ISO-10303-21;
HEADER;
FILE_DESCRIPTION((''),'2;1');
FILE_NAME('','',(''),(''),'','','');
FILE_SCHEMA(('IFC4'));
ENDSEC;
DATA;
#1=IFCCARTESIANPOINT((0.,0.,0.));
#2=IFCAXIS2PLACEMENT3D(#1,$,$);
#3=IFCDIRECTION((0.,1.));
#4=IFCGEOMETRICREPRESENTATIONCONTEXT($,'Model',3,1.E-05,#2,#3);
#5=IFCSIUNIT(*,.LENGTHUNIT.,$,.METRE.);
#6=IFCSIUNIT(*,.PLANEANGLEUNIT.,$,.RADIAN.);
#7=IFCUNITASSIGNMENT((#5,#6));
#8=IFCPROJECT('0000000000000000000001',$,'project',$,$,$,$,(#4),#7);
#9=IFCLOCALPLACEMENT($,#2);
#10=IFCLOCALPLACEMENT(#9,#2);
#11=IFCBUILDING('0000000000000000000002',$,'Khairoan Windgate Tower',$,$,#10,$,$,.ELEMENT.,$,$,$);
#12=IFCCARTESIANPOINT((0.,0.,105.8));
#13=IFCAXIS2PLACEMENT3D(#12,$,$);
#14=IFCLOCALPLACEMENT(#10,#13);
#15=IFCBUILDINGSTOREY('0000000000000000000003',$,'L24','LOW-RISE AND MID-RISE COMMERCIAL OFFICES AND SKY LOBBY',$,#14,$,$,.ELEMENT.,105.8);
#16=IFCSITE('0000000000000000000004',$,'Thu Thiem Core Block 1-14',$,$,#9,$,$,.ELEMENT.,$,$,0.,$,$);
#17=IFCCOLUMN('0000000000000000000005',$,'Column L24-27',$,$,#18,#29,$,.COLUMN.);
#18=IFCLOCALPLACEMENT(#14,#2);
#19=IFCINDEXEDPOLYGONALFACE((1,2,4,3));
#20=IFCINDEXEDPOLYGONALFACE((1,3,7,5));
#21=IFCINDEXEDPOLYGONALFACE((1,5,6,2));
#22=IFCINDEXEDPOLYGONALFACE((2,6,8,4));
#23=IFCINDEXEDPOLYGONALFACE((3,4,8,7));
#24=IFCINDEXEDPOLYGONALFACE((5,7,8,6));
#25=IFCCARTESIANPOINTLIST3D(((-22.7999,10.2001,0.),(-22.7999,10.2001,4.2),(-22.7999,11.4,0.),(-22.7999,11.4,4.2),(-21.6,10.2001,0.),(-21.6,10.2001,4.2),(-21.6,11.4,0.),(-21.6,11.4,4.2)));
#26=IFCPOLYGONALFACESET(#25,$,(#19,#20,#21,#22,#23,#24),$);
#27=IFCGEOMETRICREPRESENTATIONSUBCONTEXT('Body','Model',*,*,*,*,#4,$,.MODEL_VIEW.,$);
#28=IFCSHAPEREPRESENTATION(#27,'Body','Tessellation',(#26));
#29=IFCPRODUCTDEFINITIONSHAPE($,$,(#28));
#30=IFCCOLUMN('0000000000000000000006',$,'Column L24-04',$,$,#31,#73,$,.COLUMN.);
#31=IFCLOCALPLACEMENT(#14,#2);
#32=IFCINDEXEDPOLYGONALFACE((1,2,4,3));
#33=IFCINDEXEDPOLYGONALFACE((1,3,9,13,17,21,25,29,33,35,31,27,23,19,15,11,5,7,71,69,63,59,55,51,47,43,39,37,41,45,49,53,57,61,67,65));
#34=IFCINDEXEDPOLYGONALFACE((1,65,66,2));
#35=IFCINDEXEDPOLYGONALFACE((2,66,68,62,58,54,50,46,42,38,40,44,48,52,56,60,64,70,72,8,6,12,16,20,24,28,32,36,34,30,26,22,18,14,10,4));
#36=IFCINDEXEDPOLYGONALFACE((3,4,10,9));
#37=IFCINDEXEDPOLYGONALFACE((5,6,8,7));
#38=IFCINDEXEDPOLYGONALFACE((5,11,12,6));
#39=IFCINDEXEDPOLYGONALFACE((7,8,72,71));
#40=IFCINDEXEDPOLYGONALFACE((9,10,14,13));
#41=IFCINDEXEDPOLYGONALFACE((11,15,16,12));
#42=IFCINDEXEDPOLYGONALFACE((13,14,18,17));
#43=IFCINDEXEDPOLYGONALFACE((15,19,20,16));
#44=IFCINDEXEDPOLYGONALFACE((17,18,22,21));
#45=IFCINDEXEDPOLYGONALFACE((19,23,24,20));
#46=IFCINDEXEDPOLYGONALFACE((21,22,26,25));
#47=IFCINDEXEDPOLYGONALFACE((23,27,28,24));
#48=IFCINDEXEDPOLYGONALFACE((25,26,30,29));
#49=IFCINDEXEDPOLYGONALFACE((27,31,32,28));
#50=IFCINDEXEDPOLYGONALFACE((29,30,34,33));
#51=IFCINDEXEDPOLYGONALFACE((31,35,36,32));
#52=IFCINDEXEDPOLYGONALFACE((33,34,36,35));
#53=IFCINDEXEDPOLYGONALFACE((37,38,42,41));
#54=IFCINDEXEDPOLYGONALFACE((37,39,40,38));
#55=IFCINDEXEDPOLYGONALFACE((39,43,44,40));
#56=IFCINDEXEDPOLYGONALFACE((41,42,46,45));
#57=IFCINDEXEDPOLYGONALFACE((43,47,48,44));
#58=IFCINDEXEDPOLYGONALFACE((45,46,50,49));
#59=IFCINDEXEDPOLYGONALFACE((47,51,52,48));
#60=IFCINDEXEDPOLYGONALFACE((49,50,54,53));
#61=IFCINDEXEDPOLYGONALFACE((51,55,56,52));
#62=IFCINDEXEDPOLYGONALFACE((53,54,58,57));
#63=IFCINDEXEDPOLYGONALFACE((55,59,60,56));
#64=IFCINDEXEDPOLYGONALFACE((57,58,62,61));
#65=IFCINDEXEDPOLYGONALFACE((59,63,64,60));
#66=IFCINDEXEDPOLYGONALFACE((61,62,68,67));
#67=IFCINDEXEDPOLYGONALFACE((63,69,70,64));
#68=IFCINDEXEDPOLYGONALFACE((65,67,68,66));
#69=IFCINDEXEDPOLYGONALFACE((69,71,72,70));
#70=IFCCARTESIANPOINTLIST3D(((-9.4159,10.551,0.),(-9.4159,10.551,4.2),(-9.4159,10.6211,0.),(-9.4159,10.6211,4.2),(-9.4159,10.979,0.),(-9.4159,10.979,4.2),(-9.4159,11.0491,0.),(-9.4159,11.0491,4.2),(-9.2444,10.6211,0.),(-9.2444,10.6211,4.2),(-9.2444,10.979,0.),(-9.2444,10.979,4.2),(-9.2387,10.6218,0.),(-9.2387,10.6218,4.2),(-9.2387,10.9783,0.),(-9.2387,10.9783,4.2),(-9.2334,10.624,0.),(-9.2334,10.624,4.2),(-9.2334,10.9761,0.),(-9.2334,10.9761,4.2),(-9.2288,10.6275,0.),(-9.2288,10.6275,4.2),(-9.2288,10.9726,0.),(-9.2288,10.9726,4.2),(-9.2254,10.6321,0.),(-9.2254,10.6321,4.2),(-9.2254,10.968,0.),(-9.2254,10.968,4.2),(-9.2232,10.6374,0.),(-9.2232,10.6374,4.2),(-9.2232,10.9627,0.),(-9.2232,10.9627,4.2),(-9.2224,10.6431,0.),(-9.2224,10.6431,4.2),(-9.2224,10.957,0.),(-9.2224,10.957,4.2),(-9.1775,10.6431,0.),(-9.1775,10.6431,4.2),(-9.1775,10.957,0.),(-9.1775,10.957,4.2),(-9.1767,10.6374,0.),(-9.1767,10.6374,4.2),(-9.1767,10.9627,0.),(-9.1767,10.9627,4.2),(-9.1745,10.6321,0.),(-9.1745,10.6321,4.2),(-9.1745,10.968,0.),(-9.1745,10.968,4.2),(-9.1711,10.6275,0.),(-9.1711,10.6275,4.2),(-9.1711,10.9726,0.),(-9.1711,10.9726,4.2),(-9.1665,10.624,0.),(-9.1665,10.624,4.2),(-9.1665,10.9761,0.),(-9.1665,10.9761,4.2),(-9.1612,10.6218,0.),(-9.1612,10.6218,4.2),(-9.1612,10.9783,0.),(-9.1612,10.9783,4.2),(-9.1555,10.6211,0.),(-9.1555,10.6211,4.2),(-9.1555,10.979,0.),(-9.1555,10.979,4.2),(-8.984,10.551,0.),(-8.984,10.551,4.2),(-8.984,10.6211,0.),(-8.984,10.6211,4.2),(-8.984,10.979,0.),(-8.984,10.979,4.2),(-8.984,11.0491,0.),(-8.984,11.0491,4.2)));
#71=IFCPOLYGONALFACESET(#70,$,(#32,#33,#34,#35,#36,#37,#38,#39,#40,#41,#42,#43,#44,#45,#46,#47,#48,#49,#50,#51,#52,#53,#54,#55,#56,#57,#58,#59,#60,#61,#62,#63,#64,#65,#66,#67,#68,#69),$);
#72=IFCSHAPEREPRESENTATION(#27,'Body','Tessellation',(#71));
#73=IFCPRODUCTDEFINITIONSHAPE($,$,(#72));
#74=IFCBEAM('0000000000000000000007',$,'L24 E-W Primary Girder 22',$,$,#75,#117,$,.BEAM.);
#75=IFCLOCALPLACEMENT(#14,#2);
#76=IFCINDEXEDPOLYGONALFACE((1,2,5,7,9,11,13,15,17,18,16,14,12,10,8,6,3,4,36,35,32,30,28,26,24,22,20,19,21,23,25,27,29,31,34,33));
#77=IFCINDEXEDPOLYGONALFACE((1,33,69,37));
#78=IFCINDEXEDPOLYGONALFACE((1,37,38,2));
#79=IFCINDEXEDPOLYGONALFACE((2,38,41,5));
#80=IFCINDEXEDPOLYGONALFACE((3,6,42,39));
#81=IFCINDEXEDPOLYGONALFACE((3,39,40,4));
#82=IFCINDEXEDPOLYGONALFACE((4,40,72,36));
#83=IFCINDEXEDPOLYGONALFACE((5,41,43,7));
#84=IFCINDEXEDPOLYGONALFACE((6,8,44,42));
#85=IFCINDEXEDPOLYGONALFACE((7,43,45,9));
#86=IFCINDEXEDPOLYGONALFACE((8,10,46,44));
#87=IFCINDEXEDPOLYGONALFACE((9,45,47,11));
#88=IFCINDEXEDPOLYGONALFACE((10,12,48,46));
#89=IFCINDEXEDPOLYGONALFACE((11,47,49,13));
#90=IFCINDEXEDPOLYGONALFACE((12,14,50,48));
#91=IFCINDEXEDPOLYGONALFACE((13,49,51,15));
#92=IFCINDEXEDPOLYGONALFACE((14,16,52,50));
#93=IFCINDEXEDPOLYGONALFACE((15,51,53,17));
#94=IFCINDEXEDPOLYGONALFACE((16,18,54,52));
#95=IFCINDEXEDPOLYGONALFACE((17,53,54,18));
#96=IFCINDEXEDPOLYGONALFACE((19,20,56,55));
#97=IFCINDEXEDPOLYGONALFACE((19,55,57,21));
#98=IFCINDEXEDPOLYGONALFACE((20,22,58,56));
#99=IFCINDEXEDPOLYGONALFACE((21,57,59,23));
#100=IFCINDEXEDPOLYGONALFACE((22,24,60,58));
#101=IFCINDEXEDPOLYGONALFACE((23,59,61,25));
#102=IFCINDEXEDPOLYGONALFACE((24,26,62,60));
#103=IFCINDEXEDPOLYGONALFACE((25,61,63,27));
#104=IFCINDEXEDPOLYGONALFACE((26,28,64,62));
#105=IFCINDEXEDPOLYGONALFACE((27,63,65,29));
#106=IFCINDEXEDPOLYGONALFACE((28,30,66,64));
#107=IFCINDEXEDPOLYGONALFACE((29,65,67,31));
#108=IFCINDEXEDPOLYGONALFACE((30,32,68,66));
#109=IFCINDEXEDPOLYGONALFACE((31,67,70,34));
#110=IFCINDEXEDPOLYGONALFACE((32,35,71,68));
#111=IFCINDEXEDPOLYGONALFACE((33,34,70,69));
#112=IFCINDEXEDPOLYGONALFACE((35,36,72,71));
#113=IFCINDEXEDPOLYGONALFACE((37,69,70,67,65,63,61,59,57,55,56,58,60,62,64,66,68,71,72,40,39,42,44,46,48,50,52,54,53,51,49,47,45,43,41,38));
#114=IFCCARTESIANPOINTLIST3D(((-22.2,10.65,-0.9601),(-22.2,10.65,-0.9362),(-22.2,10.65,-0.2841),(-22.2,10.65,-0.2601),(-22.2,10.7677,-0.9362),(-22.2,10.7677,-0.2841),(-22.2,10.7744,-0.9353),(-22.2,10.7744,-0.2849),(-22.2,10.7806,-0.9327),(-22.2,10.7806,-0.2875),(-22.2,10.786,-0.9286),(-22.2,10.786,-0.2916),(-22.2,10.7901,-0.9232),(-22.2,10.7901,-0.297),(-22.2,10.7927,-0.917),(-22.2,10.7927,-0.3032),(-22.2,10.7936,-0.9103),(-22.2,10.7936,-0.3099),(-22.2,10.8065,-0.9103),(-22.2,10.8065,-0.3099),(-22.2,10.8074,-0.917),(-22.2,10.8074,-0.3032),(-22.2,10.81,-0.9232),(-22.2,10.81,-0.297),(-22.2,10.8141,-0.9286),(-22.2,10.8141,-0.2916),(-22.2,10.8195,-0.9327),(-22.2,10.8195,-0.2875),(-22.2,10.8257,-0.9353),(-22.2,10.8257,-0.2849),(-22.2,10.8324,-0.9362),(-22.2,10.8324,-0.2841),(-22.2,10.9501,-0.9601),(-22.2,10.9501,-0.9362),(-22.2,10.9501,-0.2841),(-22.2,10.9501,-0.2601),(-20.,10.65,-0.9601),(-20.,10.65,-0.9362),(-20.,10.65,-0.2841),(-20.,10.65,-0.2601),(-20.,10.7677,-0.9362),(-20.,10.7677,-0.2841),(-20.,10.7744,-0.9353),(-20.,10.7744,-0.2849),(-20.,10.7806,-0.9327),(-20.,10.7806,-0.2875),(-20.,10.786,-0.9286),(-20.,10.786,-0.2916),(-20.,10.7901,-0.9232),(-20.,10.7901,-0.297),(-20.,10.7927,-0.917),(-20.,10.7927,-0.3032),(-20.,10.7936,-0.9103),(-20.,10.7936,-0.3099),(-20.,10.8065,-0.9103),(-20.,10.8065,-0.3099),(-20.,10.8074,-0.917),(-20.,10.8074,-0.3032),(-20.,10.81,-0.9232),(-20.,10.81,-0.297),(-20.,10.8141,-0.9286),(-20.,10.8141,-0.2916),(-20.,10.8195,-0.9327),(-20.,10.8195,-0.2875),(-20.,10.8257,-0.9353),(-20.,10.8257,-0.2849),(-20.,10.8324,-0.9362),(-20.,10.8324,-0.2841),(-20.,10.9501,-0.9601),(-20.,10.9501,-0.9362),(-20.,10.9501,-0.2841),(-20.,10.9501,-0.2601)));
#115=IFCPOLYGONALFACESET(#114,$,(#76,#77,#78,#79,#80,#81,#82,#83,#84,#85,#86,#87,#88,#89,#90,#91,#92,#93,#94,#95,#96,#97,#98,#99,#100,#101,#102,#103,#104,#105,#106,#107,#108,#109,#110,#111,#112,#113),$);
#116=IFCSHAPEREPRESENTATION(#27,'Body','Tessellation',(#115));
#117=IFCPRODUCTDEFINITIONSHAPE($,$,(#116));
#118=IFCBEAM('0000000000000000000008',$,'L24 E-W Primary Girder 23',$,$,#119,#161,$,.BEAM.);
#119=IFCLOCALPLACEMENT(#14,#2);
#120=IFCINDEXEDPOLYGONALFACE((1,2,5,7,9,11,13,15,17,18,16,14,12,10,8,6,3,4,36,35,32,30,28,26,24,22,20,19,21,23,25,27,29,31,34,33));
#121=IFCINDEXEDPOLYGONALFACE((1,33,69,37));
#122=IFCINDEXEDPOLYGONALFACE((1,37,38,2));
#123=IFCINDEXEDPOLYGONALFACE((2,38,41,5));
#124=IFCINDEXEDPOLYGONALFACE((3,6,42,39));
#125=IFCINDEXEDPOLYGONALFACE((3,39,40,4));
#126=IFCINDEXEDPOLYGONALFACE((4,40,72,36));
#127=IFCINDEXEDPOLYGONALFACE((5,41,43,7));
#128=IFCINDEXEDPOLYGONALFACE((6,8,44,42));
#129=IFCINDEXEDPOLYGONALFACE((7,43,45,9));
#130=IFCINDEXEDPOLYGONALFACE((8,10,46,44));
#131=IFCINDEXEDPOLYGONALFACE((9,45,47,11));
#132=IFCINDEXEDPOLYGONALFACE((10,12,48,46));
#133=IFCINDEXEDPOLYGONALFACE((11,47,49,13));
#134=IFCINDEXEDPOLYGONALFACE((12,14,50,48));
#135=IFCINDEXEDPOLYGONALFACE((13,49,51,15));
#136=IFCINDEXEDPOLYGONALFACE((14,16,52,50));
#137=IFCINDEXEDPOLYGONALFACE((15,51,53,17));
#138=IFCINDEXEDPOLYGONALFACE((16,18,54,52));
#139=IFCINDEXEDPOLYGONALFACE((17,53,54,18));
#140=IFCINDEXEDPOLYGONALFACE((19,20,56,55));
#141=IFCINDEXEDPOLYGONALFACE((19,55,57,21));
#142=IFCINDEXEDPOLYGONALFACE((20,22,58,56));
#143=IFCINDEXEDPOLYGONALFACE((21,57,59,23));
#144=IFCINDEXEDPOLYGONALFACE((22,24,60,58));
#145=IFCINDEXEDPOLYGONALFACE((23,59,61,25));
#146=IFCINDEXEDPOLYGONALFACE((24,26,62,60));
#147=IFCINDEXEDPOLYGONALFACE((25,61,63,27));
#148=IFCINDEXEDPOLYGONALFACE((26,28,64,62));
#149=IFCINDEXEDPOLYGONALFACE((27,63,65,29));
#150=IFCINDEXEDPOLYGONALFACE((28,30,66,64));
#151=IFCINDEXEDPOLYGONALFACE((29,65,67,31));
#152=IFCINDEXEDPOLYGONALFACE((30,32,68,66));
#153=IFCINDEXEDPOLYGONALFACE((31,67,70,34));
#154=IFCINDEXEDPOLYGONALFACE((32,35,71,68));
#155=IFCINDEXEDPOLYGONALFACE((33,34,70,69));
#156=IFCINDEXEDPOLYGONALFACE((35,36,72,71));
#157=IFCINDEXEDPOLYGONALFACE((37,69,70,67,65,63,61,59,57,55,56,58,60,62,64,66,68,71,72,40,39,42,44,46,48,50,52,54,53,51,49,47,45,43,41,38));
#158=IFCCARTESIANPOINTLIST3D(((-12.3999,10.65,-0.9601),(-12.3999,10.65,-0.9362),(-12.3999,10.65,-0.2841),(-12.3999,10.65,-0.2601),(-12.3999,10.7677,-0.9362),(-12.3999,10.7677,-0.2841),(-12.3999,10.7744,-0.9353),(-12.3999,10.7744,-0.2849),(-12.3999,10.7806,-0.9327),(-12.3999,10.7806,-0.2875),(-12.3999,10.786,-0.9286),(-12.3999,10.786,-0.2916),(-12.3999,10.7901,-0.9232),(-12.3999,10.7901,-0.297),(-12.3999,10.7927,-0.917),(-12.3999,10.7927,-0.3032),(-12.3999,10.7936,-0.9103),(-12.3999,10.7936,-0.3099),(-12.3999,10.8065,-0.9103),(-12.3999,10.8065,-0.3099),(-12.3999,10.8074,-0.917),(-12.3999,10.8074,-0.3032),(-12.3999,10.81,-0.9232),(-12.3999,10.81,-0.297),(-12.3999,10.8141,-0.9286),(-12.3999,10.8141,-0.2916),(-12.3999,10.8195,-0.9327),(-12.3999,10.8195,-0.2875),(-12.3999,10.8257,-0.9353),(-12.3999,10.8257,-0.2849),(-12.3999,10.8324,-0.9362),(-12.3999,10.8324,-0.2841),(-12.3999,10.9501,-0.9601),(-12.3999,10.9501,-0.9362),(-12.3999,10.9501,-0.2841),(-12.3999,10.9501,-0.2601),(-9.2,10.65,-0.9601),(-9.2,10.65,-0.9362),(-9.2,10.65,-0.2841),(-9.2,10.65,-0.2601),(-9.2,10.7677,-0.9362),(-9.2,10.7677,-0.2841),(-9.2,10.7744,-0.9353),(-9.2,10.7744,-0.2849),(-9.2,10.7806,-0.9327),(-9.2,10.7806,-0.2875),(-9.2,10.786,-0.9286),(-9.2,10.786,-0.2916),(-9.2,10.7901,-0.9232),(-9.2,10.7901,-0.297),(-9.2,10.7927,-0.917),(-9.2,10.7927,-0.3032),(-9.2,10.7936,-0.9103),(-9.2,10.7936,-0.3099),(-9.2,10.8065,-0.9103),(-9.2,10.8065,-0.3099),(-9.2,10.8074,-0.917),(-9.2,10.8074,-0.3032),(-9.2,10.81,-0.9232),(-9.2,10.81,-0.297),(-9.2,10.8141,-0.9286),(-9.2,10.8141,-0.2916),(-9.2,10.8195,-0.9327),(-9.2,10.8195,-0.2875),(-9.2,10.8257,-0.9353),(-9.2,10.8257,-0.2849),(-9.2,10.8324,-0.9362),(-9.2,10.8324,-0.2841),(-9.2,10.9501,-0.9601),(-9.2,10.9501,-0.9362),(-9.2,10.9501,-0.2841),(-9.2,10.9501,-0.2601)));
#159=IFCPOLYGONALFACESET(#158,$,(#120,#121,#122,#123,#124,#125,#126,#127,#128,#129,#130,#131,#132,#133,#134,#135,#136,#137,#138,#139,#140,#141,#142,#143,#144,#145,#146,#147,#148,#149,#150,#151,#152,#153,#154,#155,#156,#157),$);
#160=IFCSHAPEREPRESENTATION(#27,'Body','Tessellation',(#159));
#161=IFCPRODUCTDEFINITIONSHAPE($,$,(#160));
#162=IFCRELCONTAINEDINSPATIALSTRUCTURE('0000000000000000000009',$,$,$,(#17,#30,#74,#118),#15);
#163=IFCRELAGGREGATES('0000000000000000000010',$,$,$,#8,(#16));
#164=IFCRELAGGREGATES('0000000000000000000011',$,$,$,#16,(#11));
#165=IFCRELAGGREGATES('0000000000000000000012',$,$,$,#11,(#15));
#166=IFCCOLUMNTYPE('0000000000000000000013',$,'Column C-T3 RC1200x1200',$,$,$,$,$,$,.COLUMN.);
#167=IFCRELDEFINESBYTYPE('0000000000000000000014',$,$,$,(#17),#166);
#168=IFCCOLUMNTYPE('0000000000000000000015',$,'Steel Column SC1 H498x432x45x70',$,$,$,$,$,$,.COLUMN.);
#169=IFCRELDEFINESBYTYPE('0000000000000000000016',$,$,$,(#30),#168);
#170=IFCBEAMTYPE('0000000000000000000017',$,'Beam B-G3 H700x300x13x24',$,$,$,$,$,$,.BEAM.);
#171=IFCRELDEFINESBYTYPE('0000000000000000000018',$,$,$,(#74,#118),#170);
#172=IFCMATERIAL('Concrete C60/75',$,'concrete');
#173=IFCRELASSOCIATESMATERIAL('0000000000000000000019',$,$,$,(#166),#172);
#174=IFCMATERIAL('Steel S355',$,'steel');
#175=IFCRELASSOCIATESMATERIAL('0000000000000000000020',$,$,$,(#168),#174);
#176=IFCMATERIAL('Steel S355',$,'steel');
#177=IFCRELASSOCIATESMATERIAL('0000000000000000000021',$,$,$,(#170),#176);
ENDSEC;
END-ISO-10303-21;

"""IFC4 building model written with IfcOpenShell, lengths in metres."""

from ifc_helpers import new_model, si_unit, direction, frame, origin, origin_2d, place, context, subcontext, project, spatial, rectangle, i_section, extrude, material, material_profile, profile_set, type_object, element, save


model = new_model("IFC4")

# Units and contexts
model_context = context("Model", 3, precision=1e-05, world=origin(), true_north=direction((0.0, 1.0)))
body_context = subcontext(model_context, "Body", "Model", "MODEL_VIEW")
ifc_project = project(units=[si_unit("LENGTHUNIT", "METRE"), si_unit("PLANEANGLEUNIT", "RADIAN")], contexts=[model_context])

# Site, building, storey
site_placement = place(None, origin())
site = spatial("IfcSite", under=ifc_project, at=site_placement, Name="Thu Thiem Core Block 1-14", CompositionType="ELEMENT", RefElevation=0.0)
building_placement = place(site_placement, origin())
building = spatial("IfcBuilding", under=site, at=building_placement, Name="Khairoan Windgate Tower", CompositionType="ELEMENT")
storey_placement = place(building_placement, frame((0.0, 0.0, 105.8)))
storey = spatial("IfcBuildingStorey", under=building, at=storey_placement, Name="L24", Description="LOW-RISE AND MID-RISE COMMERCIAL OFFICES AND SKY LOBBY", CompositionType="ELEMENT", Elevation=105.8)

# Columns
ifc_material_1 = material(Name="Concrete C60/75", Category="concrete")
ifc_material_profile_1 = material_profile(ifc_material_1, rectangle(XDim=1.2, YDim=1.2, at=origin_2d()))
ifc_profile_set_1 = profile_set([ifc_material_profile_1], Name="Concrete C60/75")
column_type_1 = type_object("IfcColumnType", Name="Column C-T3 RC1200x1200", PredefinedType="COLUMN", material=ifc_profile_set_1)
column_1_placement = place(storey_placement, frame((-22.2, 10.8, 0.0), z_axis=(0.0, 0.0, 1.0), x_axis=(1.0, 0.0, 0.0)))
element("IfcColumn", 1, at=column_1_placement, inside=storey, type_object=column_type_1, Name="Column L24-27", PredefinedType="COLUMN", context=body_context, shape_type="SweptSolid", body=[
    extrude(rectangle(XDim=1.2, YDim=1.2, at=origin_2d()), origin(), (0.0, 0.0, 1.0), 4.2),
])
ifc_material_2 = material(Name="Steel S355", Category="steel")
ifc_material_profile_2 = material_profile(ifc_material_2, i_section(OverallWidth=0.4319, OverallDepth=0.498, WebThickness=0.0449, FlangeThickness=0.0701, FilletRadius=0.022, at=origin_2d()))
ifc_profile_set_2 = profile_set([ifc_material_profile_2], Name="Steel S355")
column_type_2 = type_object("IfcColumnType", Name="Steel Column SC1 H498x432x45x70", PredefinedType="COLUMN", material=ifc_profile_set_2)
column_2_placement = place(storey_placement, frame((-9.2, 10.8, 0.0), z_axis=(0.0, 0.0, 1.0), x_axis=(1.0, 0.0, 0.0)))
element("IfcColumn", 2, at=column_2_placement, inside=storey, type_object=column_type_2, Name="Column L24-04", PredefinedType="COLUMN", context=body_context, shape_type="SweptSolid", body=[
    extrude(i_section(OverallWidth=0.4319, OverallDepth=0.498, WebThickness=0.0449, FlangeThickness=0.0701, FilletRadius=0.022, at=origin_2d()), origin(), (0.0, 0.0, 1.0), 4.2),
])

# Beams
ifc_material_3 = material(Name="Steel S355", Category="steel")
ifc_material_profile_3 = material_profile(ifc_material_3, i_section(OverallWidth=0.3, OverallDepth=0.7, WebThickness=0.0129, FlangeThickness=0.0239, FilletRadius=0.0259, at=origin_2d()))
ifc_profile_set_3 = profile_set([ifc_material_profile_3], Name="Steel S355")
beam_type = type_object("IfcBeamType", Name="Beam B-G3 H700x300x13x24", PredefinedType="BEAM", material=ifc_profile_set_3)
beam_1_placement = place(storey_placement, frame((-22.2, 10.8, -0.6101), z_axis=(1.0, 0.0, 0.0), x_axis=(0.0, 1.0, 0.0)))
element("IfcBeam", 3, at=beam_1_placement, inside=storey, type_object=beam_type, Name="L24 E-W Primary Girder 22", PredefinedType="BEAM", context=body_context, shape_type="SweptSolid", body=[
    extrude(i_section(OverallWidth=0.3, OverallDepth=0.7, WebThickness=0.0129, FlangeThickness=0.0239, FilletRadius=0.0259, at=origin_2d()), origin(), (0.0, 0.0, 1.0), 2.2),
])
beam_2_placement = place(storey_placement, frame((-12.3999, 10.8, -0.6101), z_axis=(1.0, 0.0, 0.0), x_axis=(0.0, 1.0, 0.0)))
element("IfcBeam", 4, at=beam_2_placement, inside=storey, type_object=beam_type, Name="L24 E-W Primary Girder 23", PredefinedType="BEAM", context=body_context, shape_type="SweptSolid", body=[
    extrude(i_section(OverallWidth=0.3, OverallDepth=0.7, WebThickness=0.0129, FlangeThickness=0.0239, FilletRadius=0.0259, at=origin_2d()), origin(), (0.0, 0.0, 1.0), 3.2),
])

save(model, "model.ifc")
